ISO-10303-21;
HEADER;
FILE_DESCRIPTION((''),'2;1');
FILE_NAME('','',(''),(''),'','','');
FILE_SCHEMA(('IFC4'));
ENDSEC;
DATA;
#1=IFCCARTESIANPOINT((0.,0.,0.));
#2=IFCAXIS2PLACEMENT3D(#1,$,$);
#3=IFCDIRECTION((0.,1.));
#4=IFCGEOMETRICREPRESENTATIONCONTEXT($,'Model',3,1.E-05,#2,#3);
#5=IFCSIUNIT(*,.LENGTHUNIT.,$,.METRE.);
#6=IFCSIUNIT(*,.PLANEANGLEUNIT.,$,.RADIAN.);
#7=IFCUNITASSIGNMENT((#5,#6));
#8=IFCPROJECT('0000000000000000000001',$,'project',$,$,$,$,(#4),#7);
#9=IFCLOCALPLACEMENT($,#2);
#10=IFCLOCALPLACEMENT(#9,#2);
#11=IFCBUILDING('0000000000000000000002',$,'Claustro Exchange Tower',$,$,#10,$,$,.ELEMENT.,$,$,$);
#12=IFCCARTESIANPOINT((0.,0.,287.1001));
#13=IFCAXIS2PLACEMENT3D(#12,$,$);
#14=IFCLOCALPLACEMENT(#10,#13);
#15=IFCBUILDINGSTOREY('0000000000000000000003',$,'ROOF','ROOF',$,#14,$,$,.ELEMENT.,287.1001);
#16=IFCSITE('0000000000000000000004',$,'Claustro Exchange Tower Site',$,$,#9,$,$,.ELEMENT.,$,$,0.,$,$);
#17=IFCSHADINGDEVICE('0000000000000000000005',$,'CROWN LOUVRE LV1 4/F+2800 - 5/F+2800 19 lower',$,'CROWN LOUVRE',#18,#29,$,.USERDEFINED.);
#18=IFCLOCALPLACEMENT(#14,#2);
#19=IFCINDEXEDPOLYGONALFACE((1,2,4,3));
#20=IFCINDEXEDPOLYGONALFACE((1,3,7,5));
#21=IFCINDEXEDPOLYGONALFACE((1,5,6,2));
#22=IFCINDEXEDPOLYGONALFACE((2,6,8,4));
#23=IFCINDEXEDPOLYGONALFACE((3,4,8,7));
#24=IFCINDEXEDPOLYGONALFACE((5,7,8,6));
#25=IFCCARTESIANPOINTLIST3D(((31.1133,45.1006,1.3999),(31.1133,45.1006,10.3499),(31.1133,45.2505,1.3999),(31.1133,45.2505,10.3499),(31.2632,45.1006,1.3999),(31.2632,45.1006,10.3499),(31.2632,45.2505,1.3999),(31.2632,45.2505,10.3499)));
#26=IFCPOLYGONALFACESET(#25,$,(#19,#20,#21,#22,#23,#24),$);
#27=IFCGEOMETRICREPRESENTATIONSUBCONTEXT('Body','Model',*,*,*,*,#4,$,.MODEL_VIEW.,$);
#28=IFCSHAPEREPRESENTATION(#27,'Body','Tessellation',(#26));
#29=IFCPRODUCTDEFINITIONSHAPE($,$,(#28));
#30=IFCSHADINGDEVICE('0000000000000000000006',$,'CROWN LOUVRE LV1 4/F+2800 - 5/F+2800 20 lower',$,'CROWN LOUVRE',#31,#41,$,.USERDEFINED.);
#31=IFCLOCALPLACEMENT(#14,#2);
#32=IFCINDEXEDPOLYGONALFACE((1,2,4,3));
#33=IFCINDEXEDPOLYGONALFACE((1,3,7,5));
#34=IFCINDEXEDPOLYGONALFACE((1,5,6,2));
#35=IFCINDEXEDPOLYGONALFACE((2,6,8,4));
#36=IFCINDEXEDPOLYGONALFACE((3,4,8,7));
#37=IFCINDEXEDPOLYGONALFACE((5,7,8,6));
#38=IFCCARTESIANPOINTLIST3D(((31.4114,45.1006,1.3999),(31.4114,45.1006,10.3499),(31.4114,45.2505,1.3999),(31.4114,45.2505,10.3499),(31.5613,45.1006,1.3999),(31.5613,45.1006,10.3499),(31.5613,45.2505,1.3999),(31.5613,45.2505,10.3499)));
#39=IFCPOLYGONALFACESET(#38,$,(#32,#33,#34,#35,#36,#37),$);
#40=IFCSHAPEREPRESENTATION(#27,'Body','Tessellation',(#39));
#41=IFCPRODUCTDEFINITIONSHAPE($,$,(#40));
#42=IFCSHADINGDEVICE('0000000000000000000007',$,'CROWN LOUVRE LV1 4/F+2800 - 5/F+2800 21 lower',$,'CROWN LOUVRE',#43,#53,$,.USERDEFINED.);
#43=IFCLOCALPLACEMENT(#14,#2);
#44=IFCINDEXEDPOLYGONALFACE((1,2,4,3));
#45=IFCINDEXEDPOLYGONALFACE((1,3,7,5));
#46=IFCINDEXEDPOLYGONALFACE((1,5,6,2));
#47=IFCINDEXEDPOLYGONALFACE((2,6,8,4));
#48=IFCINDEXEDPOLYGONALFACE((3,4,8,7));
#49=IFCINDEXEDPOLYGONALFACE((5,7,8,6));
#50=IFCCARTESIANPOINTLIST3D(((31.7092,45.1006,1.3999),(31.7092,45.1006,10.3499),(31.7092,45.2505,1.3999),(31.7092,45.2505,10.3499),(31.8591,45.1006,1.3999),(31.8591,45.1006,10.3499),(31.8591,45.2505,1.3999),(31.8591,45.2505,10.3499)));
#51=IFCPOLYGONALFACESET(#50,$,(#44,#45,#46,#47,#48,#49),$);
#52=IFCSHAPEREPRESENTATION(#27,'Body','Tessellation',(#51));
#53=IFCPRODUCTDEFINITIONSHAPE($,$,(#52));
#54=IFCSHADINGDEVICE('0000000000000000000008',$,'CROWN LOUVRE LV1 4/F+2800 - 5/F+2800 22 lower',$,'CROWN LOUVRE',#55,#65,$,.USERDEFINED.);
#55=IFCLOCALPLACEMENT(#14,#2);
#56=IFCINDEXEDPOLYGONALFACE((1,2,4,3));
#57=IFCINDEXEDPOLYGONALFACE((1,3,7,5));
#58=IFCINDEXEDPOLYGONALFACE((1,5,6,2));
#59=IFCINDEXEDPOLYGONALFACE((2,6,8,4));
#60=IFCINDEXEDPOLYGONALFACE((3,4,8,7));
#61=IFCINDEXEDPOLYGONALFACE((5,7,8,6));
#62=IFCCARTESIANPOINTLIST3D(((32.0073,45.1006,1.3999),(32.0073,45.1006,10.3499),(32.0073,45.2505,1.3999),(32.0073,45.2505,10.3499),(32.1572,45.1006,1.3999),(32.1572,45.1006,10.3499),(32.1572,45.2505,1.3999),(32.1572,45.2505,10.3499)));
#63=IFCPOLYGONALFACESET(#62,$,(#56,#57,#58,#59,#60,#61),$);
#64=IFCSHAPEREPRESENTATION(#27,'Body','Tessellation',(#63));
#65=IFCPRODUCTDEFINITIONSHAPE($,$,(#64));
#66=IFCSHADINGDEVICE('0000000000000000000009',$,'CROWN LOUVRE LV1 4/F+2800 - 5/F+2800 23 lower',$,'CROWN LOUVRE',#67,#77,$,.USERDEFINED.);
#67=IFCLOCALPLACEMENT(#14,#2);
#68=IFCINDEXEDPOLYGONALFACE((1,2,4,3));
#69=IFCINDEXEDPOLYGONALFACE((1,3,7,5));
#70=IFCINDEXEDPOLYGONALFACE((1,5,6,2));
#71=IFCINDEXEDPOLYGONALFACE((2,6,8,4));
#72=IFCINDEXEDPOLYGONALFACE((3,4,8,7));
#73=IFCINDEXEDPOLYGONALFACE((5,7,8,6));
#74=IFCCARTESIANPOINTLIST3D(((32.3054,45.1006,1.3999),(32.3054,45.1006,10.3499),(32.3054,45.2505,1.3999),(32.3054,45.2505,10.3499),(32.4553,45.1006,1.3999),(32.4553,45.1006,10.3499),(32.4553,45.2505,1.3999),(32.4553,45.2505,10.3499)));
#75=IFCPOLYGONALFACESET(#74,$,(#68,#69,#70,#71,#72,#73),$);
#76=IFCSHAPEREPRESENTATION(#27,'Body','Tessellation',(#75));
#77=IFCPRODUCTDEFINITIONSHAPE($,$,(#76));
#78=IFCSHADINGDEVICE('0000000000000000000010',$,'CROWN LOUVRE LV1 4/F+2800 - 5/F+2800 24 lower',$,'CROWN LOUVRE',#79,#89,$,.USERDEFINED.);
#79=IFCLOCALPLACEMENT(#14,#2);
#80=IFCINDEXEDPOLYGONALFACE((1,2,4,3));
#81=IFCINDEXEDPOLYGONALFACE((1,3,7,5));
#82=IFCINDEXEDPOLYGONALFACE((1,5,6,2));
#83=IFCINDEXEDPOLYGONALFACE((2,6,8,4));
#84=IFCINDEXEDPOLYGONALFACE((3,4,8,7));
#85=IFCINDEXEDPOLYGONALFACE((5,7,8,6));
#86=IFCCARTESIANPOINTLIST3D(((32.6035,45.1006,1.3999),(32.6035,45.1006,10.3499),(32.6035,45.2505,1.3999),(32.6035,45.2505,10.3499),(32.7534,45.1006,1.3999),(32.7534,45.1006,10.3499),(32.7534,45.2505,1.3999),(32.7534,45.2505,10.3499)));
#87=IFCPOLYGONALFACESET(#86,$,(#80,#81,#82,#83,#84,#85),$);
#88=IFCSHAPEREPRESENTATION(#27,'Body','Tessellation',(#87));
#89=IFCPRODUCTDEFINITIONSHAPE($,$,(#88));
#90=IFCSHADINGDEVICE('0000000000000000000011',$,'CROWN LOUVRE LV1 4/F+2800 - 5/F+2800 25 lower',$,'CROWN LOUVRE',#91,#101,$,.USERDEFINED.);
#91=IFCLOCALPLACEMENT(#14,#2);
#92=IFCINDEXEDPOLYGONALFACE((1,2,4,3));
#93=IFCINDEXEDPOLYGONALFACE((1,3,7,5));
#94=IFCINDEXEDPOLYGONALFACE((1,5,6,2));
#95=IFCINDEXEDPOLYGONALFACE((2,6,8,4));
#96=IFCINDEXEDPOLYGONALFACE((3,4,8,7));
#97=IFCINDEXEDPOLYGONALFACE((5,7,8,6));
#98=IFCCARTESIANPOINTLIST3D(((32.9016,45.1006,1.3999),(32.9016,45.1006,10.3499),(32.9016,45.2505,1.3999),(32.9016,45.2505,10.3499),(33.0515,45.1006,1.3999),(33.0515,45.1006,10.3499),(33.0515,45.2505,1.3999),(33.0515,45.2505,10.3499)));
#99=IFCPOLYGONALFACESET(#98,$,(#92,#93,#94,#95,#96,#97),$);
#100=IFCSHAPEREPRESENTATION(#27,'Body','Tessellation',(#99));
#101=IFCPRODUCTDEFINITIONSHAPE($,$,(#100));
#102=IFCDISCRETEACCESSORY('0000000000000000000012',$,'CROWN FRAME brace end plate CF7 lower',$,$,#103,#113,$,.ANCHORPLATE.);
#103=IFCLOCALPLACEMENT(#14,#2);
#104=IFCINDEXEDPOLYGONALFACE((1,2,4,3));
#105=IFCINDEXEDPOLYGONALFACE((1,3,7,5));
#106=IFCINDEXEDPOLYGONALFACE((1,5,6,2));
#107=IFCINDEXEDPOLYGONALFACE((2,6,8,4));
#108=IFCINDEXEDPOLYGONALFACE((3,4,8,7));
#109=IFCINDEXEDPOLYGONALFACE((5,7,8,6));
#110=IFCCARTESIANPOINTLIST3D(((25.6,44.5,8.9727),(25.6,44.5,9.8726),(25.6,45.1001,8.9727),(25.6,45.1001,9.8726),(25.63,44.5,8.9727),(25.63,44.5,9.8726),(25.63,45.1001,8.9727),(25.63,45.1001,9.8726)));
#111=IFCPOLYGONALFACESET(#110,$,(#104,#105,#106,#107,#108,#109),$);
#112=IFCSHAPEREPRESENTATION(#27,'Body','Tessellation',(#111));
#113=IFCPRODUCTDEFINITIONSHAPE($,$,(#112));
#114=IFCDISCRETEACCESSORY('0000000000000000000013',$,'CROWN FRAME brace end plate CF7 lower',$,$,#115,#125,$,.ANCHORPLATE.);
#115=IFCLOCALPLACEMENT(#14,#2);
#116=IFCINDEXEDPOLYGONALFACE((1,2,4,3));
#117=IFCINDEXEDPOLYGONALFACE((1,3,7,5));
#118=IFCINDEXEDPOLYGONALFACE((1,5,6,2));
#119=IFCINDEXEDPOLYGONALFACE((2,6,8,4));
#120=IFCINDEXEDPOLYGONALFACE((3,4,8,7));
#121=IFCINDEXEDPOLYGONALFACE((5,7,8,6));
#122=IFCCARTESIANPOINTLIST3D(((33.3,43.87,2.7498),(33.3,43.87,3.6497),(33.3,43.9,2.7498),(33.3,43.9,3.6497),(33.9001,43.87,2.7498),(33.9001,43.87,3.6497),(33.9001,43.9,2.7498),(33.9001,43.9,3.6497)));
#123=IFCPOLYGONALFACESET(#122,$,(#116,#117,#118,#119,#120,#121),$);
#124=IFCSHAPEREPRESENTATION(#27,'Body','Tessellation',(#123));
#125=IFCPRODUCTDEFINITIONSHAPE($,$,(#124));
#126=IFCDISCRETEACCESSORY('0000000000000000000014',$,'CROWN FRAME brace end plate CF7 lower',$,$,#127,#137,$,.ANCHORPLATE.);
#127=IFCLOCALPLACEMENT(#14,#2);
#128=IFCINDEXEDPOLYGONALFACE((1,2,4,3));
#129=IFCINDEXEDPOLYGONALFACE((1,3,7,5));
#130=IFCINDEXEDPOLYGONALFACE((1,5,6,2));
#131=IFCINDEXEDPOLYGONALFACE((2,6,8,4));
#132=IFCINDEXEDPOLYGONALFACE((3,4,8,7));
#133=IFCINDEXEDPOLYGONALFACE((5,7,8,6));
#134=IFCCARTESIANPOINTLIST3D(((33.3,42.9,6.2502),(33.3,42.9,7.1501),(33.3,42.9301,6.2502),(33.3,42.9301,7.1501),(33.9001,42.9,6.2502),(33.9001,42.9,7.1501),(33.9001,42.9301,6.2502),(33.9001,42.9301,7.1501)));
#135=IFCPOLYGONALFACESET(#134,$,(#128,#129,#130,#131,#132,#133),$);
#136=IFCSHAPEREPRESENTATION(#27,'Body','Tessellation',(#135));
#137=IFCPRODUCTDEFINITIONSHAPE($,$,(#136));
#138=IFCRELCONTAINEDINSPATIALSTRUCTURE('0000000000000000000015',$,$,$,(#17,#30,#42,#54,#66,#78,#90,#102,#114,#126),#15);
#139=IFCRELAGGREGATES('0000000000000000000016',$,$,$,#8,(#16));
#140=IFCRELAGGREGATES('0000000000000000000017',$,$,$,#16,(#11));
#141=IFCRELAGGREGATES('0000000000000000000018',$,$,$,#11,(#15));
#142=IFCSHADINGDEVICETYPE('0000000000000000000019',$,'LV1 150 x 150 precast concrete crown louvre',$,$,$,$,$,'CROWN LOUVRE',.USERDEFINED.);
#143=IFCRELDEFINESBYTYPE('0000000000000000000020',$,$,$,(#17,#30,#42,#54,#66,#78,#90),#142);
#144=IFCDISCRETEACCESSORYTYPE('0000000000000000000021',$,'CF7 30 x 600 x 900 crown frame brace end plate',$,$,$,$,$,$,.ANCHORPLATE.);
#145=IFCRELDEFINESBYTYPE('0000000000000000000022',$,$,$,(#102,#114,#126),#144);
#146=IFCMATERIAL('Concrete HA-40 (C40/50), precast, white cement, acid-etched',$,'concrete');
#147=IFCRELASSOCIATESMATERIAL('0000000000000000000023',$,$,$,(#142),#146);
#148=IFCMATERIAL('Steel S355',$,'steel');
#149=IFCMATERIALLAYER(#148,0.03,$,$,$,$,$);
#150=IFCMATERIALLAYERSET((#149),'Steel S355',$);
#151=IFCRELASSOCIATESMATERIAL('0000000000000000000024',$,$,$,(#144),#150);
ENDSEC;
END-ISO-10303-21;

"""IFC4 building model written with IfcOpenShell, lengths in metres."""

from ifc_helpers import new_model, si_unit, direction, frame, origin, origin_2d, place, context, subcontext, project, spatial, rectangle, extrude, material, layer, layer_set, type_object, element, save


model = new_model("IFC4")

# Units and contexts
model_context = context("Model", 3, precision=1e-05, world=origin(), true_north=direction((0.0, 1.0)))
body_context = subcontext(model_context, "Body", "Model", "MODEL_VIEW")
ifc_project = project(units=[si_unit("LENGTHUNIT", "METRE"), si_unit("PLANEANGLEUNIT", "RADIAN")], contexts=[model_context])

# Site, building, storey
site_placement = place(None, origin())
site = spatial("IfcSite", under=ifc_project, at=site_placement, Name="Claustro Exchange Tower Site", CompositionType="ELEMENT", RefElevation=0.0)
building_placement = place(site_placement, origin())
building = spatial("IfcBuilding", under=site, at=building_placement, Name="Claustro Exchange Tower", CompositionType="ELEMENT")
storey_placement = place(building_placement, frame((0.0, 0.0, 287.1001)))
storey = spatial("IfcBuildingStorey", under=building, at=storey_placement, Name="ROOF", Description="ROOF", CompositionType="ELEMENT", Elevation=287.1001)

# Shading devices
ifc_material_1 = material(Name="Concrete HA-40 (C40/50), precast, white cement, acid-etched", Category="concrete")
shading_device_type = type_object("IfcShadingDeviceType", Name="LV1 150 x 150 precast concrete crown louvre", ElementType="CROWN LOUVRE", PredefinedType="USERDEFINED", material=ifc_material_1)
for number, where, z_axis, x_axis, name in (
    (1, (31.1882, 45.1755, 1.3999), (0.0, 0.0, 1.0), (1.0, 0.0, 0.0), "CROWN LOUVRE LV1 4/F+2800 - 5/F+2800 19 lower"),
    (2, (31.4863, 45.1755, 1.3999), (0.0, 0.0, 1.0), (1.0, 0.0, 0.0), "CROWN LOUVRE LV1 4/F+2800 - 5/F+2800 20 lower"),
    (3, (31.7842, 45.1755, 1.3999), (0.0, 0.0, 1.0), (1.0, 0.0, 0.0), "CROWN LOUVRE LV1 4/F+2800 - 5/F+2800 21 lower"),
    (4, (32.0823, 45.1755, 1.3999), (0.0, 0.0, 1.0), (1.0, 0.0, 0.0), "CROWN LOUVRE LV1 4/F+2800 - 5/F+2800 22 lower"),
    (5, (32.3804, 45.1755, 1.3999), (0.0, 0.0, 1.0), (1.0, 0.0, 0.0), "CROWN LOUVRE LV1 4/F+2800 - 5/F+2800 23 lower"),
    (6, (32.6785, 45.1755, 1.3999), (0.0, 0.0, 1.0), (1.0, 0.0, 0.0), "CROWN LOUVRE LV1 4/F+2800 - 5/F+2800 24 lower"),
    (7, (32.9766, 45.1755, 1.3999), (0.0, 0.0, 1.0), (1.0, 0.0, 0.0), "CROWN LOUVRE LV1 4/F+2800 - 5/F+2800 25 lower"),
):
    element("IfcShadingDevice", number, at=place(storey_placement, frame(where, z_axis=z_axis, x_axis=x_axis)), inside=storey, type_object=shading_device_type, Name=name, ObjectType="CROWN LOUVRE", PredefinedType="USERDEFINED", context=body_context, shape_type="SweptSolid", body=[
        extrude(rectangle(XDim=0.1499, YDim=0.1499, at=origin_2d()), origin(), (0.0, 0.0, 1.0), 8.95),
    ])

# Discrete accessories
ifc_material_2 = material(Name="Steel S355", Category="steel")
ifc_layer = layer(ifc_material_2, 0.03)
ifc_layer_set = layer_set([ifc_layer], Name="Steel S355")
discrete_accessory_type = type_object("IfcDiscreteAccessoryType", Name="CF7 30 x 600 x 900 crown frame brace end plate", PredefinedType="ANCHORPLATE", material=ifc_layer_set)
for number, where, z_axis, x_axis, name in (
    (8, (25.615, 44.8, 8.9727), (0.0, 0.0, 1.0), (-1.0, 0.0, 0.0), "CROWN FRAME brace end plate CF7 lower"),
    (9, (33.6001, 43.885, 2.7498), (0.0, 0.0, 1.0), (0.0, -1.0, 0.0), "CROWN FRAME brace end plate CF7 lower"),
    (10, (33.6001, 42.915, 6.2502), (0.0, 0.0, 1.0), (0.0, -1.0, 0.0), "CROWN FRAME brace end plate CF7 lower"),
):
    element("IfcDiscreteAccessory", number, at=place(storey_placement, frame(where, z_axis=z_axis, x_axis=x_axis)), inside=storey, type_object=discrete_accessory_type, Name=name, PredefinedType="ANCHORPLATE", context=body_context, shape_type="SweptSolid", body=[
        extrude(rectangle(XDim=0.03, YDim=0.6001, at=origin_2d()), origin(), (0.0, 0.0, 1.0), 0.8999),
    ])

save(model, "model.ifc")
